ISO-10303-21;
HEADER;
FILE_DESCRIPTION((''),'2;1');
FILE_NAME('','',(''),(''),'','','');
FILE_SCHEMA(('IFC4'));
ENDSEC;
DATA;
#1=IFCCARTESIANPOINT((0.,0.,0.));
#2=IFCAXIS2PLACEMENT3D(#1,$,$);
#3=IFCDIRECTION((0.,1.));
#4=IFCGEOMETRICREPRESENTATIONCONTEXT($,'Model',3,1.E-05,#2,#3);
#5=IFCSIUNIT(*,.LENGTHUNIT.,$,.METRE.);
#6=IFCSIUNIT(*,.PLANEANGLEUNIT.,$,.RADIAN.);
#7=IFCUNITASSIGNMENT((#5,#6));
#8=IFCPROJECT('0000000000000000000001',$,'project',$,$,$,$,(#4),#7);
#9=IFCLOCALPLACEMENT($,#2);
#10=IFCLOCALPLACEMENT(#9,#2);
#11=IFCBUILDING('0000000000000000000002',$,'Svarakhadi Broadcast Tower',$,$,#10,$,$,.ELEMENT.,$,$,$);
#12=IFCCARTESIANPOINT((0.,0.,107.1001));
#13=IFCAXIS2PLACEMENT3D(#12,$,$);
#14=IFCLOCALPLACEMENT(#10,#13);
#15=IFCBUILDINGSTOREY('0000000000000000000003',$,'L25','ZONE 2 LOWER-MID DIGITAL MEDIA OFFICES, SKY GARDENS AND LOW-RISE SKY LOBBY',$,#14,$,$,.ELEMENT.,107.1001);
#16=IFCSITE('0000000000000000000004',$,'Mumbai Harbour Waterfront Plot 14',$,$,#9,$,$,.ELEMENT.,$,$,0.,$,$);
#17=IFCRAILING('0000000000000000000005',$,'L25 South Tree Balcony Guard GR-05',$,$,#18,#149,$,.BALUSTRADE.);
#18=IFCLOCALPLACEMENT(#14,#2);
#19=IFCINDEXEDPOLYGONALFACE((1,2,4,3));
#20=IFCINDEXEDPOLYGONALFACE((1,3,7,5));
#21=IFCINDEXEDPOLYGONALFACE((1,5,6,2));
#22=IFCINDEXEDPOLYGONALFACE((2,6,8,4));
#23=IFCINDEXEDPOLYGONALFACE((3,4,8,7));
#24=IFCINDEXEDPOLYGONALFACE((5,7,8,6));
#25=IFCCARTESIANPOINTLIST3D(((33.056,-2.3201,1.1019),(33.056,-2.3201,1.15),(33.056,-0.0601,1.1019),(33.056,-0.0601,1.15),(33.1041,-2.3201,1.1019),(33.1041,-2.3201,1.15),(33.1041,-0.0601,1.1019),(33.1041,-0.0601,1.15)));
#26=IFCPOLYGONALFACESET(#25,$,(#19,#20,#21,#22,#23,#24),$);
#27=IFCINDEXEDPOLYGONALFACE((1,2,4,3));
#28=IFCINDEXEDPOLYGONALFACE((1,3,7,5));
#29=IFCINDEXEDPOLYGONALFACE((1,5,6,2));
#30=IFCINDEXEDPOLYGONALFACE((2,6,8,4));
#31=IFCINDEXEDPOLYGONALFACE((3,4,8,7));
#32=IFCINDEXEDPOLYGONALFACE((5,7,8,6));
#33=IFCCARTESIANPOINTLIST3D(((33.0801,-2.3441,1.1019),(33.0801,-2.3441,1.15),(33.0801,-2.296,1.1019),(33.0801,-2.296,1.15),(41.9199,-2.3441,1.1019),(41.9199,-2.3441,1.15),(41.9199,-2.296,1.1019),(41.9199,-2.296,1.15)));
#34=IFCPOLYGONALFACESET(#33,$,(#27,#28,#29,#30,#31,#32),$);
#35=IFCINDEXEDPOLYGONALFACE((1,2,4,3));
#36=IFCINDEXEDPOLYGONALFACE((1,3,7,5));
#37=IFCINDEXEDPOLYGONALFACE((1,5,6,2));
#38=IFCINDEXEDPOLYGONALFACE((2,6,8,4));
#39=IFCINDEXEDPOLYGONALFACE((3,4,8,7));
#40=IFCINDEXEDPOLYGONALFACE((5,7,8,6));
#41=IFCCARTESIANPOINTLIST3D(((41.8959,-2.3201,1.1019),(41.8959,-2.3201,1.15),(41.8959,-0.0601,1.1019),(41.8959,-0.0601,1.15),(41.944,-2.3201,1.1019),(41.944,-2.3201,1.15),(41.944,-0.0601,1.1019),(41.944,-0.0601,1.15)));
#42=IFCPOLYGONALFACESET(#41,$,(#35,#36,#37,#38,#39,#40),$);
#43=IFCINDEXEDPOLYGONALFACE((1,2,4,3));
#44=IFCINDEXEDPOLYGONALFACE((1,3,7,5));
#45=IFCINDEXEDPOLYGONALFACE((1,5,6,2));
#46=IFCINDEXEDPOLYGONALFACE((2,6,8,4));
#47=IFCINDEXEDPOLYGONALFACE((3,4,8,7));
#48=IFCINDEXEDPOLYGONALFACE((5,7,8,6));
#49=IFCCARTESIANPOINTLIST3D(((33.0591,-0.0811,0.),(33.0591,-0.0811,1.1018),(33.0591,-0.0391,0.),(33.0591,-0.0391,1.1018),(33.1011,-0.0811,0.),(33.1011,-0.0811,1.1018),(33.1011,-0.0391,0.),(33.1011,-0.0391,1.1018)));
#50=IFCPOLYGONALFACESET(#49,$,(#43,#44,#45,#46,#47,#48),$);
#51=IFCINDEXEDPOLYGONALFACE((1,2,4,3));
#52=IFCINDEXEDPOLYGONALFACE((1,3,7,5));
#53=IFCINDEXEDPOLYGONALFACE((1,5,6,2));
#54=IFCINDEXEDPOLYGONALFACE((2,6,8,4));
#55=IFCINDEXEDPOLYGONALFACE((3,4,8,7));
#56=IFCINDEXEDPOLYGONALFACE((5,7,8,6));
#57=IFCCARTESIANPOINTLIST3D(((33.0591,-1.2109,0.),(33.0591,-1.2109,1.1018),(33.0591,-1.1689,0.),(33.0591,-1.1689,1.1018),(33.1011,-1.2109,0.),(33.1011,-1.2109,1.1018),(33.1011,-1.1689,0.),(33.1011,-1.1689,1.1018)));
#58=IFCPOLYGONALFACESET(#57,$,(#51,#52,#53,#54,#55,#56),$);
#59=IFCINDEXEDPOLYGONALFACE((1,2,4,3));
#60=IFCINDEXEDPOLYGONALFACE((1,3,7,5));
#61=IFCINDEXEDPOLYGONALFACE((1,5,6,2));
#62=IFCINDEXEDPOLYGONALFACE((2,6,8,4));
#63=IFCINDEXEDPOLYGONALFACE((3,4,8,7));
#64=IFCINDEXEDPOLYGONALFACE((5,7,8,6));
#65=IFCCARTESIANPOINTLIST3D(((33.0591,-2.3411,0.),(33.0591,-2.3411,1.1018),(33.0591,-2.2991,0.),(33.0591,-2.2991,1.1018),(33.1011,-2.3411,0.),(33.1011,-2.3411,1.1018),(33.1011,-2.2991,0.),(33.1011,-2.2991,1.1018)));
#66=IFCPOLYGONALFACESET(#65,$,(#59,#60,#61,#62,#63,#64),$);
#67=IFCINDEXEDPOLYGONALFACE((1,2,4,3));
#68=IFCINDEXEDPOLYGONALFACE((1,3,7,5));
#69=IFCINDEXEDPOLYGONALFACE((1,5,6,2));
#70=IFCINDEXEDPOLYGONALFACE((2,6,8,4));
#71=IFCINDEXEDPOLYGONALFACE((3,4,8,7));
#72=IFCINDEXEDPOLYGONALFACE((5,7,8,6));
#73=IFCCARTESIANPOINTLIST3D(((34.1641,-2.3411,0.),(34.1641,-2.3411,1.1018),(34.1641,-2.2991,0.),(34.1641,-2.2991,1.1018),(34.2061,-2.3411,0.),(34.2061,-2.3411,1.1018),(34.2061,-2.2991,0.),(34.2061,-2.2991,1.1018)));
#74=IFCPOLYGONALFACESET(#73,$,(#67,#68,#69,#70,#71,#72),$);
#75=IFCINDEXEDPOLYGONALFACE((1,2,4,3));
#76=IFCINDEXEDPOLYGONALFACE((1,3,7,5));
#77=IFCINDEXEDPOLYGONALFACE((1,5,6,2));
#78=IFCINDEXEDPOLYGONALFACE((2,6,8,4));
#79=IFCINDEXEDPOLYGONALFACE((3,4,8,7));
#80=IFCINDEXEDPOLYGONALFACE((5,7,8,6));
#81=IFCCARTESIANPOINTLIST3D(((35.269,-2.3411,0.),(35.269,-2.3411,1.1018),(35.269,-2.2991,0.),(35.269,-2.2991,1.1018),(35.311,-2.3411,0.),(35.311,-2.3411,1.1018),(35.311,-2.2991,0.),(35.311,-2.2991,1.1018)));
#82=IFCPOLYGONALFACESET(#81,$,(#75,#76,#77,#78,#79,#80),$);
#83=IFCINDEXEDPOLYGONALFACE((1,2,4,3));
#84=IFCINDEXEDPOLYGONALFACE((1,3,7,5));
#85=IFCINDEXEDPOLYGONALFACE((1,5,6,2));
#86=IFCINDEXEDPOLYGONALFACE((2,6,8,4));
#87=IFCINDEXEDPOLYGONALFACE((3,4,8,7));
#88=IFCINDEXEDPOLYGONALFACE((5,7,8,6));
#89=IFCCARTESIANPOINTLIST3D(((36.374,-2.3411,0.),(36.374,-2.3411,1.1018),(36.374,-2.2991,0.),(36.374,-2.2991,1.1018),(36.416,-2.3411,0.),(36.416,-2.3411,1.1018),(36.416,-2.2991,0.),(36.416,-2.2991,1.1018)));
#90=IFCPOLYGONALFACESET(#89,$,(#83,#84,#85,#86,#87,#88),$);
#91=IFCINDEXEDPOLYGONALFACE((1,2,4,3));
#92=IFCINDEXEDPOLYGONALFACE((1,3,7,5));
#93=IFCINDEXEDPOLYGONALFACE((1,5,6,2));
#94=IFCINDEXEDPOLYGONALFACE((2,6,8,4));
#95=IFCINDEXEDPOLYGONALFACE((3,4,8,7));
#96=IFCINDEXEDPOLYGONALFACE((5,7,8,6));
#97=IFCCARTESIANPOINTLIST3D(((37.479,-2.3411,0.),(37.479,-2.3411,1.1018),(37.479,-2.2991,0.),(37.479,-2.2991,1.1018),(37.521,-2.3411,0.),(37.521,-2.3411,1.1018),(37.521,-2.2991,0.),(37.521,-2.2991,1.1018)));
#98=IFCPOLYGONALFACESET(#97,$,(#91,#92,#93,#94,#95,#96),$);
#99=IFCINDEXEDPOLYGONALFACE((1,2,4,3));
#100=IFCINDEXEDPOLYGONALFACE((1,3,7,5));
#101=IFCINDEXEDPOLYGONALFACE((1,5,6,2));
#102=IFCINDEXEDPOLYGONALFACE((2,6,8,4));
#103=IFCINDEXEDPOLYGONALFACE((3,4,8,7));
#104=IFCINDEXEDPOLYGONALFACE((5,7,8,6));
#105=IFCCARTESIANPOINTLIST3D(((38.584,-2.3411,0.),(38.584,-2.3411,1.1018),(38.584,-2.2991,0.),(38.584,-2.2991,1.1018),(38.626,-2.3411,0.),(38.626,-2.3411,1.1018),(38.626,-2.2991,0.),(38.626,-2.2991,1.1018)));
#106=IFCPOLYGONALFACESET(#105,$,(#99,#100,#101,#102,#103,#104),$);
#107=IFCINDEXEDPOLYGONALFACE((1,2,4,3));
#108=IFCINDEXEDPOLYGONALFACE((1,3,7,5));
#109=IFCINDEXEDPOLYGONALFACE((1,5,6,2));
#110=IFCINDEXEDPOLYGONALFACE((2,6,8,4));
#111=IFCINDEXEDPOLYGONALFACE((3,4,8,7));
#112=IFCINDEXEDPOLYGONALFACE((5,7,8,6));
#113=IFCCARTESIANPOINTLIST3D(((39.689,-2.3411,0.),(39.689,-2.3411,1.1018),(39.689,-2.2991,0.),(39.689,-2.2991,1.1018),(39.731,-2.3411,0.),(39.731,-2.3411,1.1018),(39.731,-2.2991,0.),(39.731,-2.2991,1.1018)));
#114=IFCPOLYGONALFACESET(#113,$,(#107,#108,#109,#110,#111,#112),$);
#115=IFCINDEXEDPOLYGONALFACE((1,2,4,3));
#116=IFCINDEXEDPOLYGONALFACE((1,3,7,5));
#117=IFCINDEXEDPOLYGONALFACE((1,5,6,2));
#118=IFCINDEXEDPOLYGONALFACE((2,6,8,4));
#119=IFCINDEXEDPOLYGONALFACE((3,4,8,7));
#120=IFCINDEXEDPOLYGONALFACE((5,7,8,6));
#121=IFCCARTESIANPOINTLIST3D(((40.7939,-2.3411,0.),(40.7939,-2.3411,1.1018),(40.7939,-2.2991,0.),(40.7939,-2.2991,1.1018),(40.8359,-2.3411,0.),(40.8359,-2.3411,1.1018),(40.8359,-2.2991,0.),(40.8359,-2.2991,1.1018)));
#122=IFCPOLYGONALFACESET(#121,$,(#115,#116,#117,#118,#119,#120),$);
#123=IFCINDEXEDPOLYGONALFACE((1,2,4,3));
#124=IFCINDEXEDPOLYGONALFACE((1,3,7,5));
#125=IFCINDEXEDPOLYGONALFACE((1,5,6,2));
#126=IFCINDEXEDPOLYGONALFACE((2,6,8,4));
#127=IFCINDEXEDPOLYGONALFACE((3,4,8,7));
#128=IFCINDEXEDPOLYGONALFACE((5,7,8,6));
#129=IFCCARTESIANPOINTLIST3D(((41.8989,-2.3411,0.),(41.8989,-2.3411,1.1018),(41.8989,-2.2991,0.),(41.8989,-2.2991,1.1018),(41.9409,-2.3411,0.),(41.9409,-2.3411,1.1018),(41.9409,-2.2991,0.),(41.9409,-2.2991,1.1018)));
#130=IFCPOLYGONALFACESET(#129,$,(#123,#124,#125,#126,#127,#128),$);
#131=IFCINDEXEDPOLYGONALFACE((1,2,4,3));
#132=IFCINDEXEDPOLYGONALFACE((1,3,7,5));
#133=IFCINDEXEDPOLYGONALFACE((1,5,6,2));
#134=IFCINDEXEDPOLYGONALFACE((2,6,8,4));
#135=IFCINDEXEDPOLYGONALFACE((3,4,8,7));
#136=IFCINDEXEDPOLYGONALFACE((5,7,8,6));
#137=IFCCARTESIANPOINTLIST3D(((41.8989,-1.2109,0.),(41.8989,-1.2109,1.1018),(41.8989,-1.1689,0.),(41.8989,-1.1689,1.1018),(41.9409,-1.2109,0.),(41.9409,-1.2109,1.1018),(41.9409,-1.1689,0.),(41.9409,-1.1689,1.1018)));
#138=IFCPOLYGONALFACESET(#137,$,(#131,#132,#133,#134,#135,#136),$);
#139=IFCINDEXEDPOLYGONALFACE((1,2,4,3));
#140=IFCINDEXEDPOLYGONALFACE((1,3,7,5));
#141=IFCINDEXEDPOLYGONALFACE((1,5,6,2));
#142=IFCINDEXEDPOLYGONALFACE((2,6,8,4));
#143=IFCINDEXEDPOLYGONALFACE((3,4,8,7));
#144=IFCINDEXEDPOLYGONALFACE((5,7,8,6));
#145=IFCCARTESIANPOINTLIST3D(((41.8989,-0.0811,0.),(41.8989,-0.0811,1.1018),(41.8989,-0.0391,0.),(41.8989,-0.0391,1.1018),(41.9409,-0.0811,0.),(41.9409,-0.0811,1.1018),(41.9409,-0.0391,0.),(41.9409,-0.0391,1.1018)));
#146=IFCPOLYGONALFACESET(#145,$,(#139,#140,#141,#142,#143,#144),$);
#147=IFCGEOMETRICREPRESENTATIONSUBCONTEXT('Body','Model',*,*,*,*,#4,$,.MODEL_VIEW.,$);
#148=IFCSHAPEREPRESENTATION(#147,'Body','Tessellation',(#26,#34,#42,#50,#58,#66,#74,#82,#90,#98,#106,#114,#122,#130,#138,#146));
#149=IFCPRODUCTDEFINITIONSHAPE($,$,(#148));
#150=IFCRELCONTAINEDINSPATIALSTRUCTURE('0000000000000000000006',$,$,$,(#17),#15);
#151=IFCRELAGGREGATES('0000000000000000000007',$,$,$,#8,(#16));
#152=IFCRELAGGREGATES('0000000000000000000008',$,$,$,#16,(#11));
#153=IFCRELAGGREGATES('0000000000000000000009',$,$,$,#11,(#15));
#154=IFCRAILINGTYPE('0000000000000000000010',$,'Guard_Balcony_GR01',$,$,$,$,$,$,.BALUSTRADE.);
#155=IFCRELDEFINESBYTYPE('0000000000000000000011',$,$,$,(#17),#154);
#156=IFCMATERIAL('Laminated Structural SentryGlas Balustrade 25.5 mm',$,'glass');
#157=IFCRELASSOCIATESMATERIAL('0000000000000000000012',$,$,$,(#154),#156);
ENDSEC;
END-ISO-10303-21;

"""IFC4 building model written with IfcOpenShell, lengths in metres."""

from ifc_helpers import new_model, si_unit, direction, frame, origin, origin_2d, place, context, subcontext, project, spatial, rectangle, extrude, material, type_object, element, save


model = new_model("IFC4")

# Units and contexts
model_context = context("Model", 3, precision=1e-05, world=origin(), true_north=direction((0.0, 1.0)))
body_context = subcontext(model_context, "Body", "Model", "MODEL_VIEW")
ifc_project = project(units=[si_unit("LENGTHUNIT", "METRE"), si_unit("PLANEANGLEUNIT", "RADIAN")], contexts=[model_context])

# Site, building, storey
site_placement = place(None, origin())
site = spatial("IfcSite", under=ifc_project, at=site_placement, Name="Mumbai Harbour Waterfront Plot 14", CompositionType="ELEMENT", RefElevation=0.0)
building_placement = place(site_placement, origin())
building = spatial("IfcBuilding", under=site, at=building_placement, Name="Svarakhadi Broadcast Tower", CompositionType="ELEMENT")
storey_placement = place(building_placement, frame((0.0, 0.0, 107.1001)))
storey = spatial("IfcBuildingStorey", under=building, at=storey_placement, Name="L25", Description="ZONE 2 LOWER-MID DIGITAL MEDIA OFFICES, SKY GARDENS AND LOW-RISE SKY LOBBY", CompositionType="ELEMENT", Elevation=107.1001)

# Railing
ifc_material_1 = material(Name="Laminated Structural SentryGlas Balustrade 25.5 mm", Category="glass")
railing_type = type_object("IfcRailingType", Name="Guard_Balcony_GR01", PredefinedType="BALUSTRADE", material=ifc_material_1)
railing_placement = place(storey_placement, frame((33.0801, -0.0601, 0.0)))
element("IfcRailing", 1, at=railing_placement, inside=storey, type_object=railing_type, Name="L25 South Tree Balcony Guard GR-05", PredefinedType="BALUSTRADE", context=body_context, shape_type="SweptSolid", body=[
    extrude(rectangle(XDim=0.0481, YDim=0.0481, at=origin_2d()), frame((0.0, 0.0, 1.126), z_axis=(0.0, -1.0, 0.0), x_axis=(1.0, 0.0, 0.0)), (0.0, 0.0, 1.0), 2.26),
    extrude(rectangle(XDim=0.0481, YDim=0.0481, at=origin_2d()), frame((0.0, -2.26, 1.126), z_axis=(1.0, 0.0, 0.0), x_axis=(0.0, 1.0, 0.0)), (0.0, 0.0, 1.0), 8.8398),
    extrude(rectangle(XDim=0.0481, YDim=0.0481, at=origin_2d()), frame((8.8398, -2.26, 1.126), z_axis=(0.0, 1.0, 0.0), x_axis=(-1.0, 0.0, 0.0)), (0.0, 0.0, 1.0), 2.26),
    extrude(rectangle(XDim=0.042, YDim=0.042, at=origin_2d()), origin(), (0.0, 0.0, 1.0), 1.1018),
    extrude(rectangle(XDim=0.042, YDim=0.042, at=origin_2d()), frame((0.0, -1.1299, 0.0)), (0.0, 0.0, 1.0), 1.1018),
    extrude(rectangle(XDim=0.042, YDim=0.042, at=origin_2d()), frame((0.0, -2.26, 0.0)), (0.0, 0.0, 1.0), 1.1018),
    extrude(rectangle(XDim=0.042, YDim=0.042, at=origin_2d()), frame((1.105, -2.26, 0.0)), (0.0, 0.0, 1.0), 1.1018),
    extrude(rectangle(XDim=0.042, YDim=0.042, at=origin_2d()), frame((2.21, -2.26, 0.0)), (0.0, 0.0, 1.0), 1.1018),
    extrude(rectangle(XDim=0.042, YDim=0.042, at=origin_2d()), frame((3.3149, -2.26, 0.0)), (0.0, 0.0, 1.0), 1.1018),
    extrude(rectangle(XDim=0.042, YDim=0.042, at=origin_2d()), frame((4.4199, -2.26, 0.0)), (0.0, 0.0, 1.0), 1.1018),
    extrude(rectangle(XDim=0.042, YDim=0.042, at=origin_2d()), frame((5.5249, -2.26, 0.0)), (0.0, 0.0, 1.0), 1.1018),
    extrude(rectangle(XDim=0.042, YDim=0.042, at=origin_2d()), frame((6.6299, -2.26, 0.0)), (0.0, 0.0, 1.0), 1.1018),
    extrude(rectangle(XDim=0.042, YDim=0.042, at=origin_2d()), frame((7.7349, -2.26, 0.0)), (0.0, 0.0, 1.0), 1.1018),
    extrude(rectangle(XDim=0.042, YDim=0.042, at=origin_2d()), frame((8.8398, -2.26, 0.0)), (0.0, 0.0, 1.0), 1.1018),
    extrude(rectangle(XDim=0.042, YDim=0.042, at=origin_2d()), frame((8.8398, -1.1299, 0.0)), (0.0, 0.0, 1.0), 1.1018),
    extrude(rectangle(XDim=0.042, YDim=0.042, at=origin_2d()), frame((8.8398, 0.0, 0.0)), (0.0, 0.0, 1.0), 1.1018),
])

save(model, "model.ifc")
